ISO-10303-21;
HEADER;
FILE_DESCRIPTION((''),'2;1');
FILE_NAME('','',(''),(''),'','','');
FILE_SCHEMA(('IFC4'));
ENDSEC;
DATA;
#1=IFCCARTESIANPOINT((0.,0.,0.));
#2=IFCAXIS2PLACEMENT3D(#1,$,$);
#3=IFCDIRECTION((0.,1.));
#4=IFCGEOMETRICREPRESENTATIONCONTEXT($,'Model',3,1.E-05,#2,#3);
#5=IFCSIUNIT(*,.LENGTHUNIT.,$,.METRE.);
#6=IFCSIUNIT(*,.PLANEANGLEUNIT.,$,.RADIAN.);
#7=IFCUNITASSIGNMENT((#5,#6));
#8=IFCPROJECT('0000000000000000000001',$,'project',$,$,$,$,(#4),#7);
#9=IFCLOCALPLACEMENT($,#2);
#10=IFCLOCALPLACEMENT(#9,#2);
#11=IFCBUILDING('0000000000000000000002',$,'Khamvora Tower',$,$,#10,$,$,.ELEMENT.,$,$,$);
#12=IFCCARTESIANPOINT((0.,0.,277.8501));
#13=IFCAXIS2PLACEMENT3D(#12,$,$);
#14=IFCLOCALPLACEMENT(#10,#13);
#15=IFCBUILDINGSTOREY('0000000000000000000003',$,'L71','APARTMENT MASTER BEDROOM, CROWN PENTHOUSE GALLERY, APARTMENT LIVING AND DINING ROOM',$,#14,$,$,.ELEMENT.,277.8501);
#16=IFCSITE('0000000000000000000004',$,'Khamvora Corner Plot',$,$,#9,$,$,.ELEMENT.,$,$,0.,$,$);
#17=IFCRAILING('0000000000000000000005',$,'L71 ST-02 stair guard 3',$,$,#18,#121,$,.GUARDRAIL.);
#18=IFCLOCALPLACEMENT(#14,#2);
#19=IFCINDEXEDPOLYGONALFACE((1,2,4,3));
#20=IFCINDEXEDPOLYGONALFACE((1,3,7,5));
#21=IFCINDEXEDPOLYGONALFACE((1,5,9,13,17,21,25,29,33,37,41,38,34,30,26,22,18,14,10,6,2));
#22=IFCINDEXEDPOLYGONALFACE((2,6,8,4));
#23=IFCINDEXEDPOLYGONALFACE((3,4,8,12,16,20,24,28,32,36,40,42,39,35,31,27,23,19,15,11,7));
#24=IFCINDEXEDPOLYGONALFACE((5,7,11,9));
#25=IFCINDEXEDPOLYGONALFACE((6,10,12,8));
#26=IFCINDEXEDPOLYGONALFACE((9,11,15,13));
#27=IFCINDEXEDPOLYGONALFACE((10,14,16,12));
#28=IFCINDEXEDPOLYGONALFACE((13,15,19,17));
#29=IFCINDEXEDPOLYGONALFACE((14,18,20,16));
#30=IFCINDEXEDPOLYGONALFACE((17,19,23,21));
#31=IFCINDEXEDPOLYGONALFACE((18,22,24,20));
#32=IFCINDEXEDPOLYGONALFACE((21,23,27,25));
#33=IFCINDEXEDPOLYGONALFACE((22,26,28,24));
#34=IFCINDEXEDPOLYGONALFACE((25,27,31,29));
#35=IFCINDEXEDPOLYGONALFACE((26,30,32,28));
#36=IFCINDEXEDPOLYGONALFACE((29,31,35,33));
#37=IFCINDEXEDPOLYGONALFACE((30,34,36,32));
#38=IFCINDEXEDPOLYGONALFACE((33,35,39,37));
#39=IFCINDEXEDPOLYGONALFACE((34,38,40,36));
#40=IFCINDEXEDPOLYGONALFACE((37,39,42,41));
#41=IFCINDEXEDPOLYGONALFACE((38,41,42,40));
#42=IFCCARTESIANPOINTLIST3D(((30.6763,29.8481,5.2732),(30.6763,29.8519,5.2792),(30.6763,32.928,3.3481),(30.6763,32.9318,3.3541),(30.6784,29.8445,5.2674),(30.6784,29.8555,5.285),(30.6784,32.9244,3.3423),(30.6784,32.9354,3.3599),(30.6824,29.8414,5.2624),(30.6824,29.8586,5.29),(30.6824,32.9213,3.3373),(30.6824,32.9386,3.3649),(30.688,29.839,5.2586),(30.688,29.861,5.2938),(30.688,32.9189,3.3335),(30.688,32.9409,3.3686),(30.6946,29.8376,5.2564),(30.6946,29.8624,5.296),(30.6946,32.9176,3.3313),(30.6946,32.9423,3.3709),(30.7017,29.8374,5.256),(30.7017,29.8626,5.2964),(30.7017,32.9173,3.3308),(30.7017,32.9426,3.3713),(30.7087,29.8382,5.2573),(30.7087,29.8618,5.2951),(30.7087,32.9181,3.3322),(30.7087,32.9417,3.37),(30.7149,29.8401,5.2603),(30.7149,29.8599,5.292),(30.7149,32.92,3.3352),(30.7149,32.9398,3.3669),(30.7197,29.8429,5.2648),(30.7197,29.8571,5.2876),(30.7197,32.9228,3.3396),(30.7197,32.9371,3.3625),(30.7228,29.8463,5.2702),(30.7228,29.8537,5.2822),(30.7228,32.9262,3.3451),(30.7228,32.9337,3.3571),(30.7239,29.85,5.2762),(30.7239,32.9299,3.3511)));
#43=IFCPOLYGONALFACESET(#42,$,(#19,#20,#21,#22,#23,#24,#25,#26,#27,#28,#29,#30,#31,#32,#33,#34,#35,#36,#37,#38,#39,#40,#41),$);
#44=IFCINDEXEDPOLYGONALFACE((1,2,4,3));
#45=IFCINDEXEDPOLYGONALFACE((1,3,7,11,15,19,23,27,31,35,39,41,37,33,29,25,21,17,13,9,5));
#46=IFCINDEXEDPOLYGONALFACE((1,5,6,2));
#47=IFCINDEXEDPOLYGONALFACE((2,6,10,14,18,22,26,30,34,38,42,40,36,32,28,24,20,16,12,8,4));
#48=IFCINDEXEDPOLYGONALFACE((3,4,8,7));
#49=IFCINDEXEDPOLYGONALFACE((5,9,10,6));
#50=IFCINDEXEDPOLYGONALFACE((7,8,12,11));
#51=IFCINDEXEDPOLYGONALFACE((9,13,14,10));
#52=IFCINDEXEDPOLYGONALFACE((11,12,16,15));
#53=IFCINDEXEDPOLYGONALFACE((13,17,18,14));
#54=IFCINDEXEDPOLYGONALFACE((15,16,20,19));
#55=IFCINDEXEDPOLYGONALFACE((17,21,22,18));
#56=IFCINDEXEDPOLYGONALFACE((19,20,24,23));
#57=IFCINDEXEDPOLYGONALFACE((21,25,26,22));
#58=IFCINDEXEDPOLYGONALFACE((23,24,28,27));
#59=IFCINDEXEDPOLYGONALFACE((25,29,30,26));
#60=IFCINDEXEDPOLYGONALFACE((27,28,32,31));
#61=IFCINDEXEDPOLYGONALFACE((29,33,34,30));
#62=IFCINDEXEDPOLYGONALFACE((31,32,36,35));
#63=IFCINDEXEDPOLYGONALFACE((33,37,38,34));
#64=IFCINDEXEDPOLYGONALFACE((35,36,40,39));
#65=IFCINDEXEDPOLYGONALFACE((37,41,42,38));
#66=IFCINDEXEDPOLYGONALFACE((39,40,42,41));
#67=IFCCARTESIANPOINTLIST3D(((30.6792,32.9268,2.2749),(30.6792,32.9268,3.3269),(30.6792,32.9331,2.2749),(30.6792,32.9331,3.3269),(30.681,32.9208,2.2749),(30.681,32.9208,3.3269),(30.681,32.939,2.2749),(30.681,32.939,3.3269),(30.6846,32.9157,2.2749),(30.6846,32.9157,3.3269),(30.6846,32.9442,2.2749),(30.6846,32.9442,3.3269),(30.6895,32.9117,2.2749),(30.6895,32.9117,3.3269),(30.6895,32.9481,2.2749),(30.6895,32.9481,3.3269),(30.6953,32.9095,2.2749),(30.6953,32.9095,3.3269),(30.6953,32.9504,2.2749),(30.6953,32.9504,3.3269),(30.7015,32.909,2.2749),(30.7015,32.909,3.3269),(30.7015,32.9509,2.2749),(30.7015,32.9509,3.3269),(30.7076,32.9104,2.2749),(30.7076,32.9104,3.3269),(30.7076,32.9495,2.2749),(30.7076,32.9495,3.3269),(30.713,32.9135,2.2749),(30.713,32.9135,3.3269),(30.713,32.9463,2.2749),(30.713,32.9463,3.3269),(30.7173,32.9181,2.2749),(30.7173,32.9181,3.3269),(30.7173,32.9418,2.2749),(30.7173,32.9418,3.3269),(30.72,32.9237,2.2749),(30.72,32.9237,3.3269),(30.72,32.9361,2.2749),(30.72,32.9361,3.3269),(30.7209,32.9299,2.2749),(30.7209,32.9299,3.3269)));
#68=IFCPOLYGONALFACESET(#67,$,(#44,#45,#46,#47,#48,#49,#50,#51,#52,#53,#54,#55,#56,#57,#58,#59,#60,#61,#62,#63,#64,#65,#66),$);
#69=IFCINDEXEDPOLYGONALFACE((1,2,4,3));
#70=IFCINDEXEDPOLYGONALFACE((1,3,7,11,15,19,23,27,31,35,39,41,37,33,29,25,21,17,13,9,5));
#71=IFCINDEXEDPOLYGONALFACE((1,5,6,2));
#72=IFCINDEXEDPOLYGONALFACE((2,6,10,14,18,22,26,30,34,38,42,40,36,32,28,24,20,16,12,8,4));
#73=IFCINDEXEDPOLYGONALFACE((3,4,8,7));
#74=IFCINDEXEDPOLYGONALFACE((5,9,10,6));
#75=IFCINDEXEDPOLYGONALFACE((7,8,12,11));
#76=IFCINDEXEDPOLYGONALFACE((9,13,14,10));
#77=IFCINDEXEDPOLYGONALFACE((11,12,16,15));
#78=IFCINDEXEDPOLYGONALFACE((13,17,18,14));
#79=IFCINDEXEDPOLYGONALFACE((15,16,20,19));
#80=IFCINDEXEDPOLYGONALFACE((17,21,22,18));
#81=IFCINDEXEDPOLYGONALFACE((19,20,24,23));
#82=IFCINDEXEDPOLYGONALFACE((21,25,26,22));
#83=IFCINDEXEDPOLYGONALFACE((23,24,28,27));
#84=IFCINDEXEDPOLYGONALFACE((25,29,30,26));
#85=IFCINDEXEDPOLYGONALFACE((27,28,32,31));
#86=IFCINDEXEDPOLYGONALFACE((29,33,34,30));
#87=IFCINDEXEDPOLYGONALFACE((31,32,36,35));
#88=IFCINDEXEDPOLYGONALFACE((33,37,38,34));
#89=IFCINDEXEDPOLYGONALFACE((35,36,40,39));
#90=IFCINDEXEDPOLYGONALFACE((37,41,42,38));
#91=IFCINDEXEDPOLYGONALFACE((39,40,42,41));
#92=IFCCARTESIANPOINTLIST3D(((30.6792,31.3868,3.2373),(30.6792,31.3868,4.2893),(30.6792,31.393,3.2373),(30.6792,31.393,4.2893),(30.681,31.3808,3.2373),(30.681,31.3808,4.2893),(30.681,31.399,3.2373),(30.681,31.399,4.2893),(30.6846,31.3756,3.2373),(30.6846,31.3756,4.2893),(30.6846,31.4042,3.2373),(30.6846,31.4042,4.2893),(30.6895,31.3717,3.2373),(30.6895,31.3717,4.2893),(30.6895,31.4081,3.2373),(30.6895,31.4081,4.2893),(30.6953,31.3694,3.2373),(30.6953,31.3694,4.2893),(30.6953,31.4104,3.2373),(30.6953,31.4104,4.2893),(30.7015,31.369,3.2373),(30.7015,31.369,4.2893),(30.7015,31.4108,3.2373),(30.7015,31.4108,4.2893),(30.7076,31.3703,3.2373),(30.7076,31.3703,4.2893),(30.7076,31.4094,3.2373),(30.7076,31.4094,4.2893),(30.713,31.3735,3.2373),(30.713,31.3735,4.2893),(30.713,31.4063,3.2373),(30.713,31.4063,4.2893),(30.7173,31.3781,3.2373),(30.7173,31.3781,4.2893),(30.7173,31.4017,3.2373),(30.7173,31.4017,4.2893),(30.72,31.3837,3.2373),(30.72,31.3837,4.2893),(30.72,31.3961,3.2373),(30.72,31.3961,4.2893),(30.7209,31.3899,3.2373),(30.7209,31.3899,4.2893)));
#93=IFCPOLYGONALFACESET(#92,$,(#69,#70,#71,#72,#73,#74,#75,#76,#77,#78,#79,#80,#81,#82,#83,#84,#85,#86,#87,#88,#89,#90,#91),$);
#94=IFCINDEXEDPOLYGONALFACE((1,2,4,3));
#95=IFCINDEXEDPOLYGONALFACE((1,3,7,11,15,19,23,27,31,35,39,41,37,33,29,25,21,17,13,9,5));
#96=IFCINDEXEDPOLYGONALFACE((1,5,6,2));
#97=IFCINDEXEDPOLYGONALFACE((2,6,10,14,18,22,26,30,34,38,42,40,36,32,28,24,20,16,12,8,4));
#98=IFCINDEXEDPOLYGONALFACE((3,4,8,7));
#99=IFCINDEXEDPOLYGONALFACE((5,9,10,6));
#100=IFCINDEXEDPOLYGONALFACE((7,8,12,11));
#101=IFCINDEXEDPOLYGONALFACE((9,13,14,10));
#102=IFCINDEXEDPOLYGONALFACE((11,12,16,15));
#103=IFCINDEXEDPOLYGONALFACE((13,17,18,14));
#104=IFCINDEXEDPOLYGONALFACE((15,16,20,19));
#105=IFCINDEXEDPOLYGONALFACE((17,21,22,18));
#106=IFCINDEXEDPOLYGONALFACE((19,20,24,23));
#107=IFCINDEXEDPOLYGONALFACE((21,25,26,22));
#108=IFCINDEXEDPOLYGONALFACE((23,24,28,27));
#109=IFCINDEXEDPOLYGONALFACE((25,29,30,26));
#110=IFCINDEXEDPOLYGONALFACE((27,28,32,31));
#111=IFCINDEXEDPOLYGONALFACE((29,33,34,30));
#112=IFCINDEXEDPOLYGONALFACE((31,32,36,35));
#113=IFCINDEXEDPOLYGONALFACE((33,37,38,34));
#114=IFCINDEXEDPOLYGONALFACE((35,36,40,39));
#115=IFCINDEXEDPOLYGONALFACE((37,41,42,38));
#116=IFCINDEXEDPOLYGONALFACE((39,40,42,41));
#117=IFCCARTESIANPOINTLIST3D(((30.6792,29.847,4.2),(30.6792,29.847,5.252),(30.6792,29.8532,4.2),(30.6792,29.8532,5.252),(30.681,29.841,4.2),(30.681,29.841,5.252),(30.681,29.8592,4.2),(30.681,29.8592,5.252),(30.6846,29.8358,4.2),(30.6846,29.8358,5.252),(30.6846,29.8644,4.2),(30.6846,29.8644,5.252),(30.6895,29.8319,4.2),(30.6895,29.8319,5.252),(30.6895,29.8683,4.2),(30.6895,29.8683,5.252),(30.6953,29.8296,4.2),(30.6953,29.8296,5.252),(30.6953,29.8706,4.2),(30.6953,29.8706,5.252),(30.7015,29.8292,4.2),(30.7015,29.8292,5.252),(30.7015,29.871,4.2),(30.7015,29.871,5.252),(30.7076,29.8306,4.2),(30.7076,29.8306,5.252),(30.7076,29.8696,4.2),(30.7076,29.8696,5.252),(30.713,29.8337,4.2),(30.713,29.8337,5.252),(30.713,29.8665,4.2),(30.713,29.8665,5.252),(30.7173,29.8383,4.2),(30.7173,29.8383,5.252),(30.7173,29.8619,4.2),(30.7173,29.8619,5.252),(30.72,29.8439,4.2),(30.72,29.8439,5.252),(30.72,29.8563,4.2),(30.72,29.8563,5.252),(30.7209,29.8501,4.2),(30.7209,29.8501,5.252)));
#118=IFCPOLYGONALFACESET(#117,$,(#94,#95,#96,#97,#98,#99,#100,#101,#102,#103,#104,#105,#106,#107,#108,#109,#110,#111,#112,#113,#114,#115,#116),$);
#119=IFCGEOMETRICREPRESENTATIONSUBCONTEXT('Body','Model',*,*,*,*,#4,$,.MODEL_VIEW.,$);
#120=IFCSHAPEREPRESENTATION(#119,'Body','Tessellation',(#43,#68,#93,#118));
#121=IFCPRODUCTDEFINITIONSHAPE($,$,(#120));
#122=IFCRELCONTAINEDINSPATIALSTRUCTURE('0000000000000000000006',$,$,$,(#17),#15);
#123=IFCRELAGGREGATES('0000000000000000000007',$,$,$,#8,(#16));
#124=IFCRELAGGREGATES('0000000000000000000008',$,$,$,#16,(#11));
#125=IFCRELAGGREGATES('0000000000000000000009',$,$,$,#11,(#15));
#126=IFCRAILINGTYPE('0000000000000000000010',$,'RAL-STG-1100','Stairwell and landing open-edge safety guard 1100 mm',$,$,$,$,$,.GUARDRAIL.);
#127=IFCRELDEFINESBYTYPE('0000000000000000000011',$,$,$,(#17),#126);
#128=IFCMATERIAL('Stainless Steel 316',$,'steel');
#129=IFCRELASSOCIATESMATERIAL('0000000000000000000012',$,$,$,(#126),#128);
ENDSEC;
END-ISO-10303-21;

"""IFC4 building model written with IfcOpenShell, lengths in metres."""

from ifc_helpers import new_model, si_unit, direction, frame, origin, origin_2d, place, context, subcontext, project, spatial, circle, extrude, material, type_object, element, save


model = new_model("IFC4")

# Units and contexts
model_context = context("Model", 3, precision=1e-05, world=origin(), true_north=direction((0.0, 1.0)))
body_context = subcontext(model_context, "Body", "Model", "MODEL_VIEW")
ifc_project = project(units=[si_unit("LENGTHUNIT", "METRE"), si_unit("PLANEANGLEUNIT", "RADIAN")], contexts=[model_context])

# Site, building, storey
site_placement = place(None, origin())
site = spatial("IfcSite", under=ifc_project, at=site_placement, Name="Khamvora Corner Plot", CompositionType="ELEMENT", RefElevation=0.0)
building_placement = place(site_placement, origin())
building = spatial("IfcBuilding", under=site, at=building_placement, Name="Khamvora Tower", CompositionType="ELEMENT")
storey_placement = place(building_placement, frame((0.0, 0.0, 277.8501)))
storey = spatial("IfcBuildingStorey", under=building, at=storey_placement, Name="L71", Description="APARTMENT MASTER BEDROOM, CROWN PENTHOUSE GALLERY, APARTMENT LIVING AND DINING ROOM", CompositionType="ELEMENT", Elevation=277.8501)

# Railing
ifc_material_1 = material(Name="Stainless Steel 316", Category="steel")
railing_type = type_object("IfcRailingType", Name="RAL-STG-1100", Description="Stairwell and landing open-edge safety guard 1100 mm", PredefinedType="GUARDRAIL", material=ifc_material_1)
railing_1_placement = place(storey_placement, frame((30.7, 32.9299, 2.2749)))
element("IfcRailing", 1, at=railing_1_placement, inside=storey, type_object=railing_type, Name="L71 ST-02 stair guard 3", PredefinedType="GUARDRAIL", context=body_context, shape_type="SweptSolid", body=[
    extrude(circle(Radius=0.0239, at=origin_2d()), frame((0.0, 0.0, 1.0762), z_axis=(0.0, -0.847979, 0.530029), x_axis=(1.0, 0.0, 0.0)), (0.0, 0.0, 1.0), 3.6321),
    extrude(circle(Radius=0.021, at=origin_2d()), origin(), (0.0, 0.0, 1.0), 1.052),
    extrude(circle(Radius=0.021, at=origin_2d()), frame((0.0, -1.54, 0.9624)), (0.0, 0.0, 1.0), 1.052),
    extrude(circle(Radius=0.021, at=origin_2d()), frame((0.0, -3.0798, 1.925)), (0.0, 0.0, 1.0), 1.052),
])

save(model, "model.ifc")
